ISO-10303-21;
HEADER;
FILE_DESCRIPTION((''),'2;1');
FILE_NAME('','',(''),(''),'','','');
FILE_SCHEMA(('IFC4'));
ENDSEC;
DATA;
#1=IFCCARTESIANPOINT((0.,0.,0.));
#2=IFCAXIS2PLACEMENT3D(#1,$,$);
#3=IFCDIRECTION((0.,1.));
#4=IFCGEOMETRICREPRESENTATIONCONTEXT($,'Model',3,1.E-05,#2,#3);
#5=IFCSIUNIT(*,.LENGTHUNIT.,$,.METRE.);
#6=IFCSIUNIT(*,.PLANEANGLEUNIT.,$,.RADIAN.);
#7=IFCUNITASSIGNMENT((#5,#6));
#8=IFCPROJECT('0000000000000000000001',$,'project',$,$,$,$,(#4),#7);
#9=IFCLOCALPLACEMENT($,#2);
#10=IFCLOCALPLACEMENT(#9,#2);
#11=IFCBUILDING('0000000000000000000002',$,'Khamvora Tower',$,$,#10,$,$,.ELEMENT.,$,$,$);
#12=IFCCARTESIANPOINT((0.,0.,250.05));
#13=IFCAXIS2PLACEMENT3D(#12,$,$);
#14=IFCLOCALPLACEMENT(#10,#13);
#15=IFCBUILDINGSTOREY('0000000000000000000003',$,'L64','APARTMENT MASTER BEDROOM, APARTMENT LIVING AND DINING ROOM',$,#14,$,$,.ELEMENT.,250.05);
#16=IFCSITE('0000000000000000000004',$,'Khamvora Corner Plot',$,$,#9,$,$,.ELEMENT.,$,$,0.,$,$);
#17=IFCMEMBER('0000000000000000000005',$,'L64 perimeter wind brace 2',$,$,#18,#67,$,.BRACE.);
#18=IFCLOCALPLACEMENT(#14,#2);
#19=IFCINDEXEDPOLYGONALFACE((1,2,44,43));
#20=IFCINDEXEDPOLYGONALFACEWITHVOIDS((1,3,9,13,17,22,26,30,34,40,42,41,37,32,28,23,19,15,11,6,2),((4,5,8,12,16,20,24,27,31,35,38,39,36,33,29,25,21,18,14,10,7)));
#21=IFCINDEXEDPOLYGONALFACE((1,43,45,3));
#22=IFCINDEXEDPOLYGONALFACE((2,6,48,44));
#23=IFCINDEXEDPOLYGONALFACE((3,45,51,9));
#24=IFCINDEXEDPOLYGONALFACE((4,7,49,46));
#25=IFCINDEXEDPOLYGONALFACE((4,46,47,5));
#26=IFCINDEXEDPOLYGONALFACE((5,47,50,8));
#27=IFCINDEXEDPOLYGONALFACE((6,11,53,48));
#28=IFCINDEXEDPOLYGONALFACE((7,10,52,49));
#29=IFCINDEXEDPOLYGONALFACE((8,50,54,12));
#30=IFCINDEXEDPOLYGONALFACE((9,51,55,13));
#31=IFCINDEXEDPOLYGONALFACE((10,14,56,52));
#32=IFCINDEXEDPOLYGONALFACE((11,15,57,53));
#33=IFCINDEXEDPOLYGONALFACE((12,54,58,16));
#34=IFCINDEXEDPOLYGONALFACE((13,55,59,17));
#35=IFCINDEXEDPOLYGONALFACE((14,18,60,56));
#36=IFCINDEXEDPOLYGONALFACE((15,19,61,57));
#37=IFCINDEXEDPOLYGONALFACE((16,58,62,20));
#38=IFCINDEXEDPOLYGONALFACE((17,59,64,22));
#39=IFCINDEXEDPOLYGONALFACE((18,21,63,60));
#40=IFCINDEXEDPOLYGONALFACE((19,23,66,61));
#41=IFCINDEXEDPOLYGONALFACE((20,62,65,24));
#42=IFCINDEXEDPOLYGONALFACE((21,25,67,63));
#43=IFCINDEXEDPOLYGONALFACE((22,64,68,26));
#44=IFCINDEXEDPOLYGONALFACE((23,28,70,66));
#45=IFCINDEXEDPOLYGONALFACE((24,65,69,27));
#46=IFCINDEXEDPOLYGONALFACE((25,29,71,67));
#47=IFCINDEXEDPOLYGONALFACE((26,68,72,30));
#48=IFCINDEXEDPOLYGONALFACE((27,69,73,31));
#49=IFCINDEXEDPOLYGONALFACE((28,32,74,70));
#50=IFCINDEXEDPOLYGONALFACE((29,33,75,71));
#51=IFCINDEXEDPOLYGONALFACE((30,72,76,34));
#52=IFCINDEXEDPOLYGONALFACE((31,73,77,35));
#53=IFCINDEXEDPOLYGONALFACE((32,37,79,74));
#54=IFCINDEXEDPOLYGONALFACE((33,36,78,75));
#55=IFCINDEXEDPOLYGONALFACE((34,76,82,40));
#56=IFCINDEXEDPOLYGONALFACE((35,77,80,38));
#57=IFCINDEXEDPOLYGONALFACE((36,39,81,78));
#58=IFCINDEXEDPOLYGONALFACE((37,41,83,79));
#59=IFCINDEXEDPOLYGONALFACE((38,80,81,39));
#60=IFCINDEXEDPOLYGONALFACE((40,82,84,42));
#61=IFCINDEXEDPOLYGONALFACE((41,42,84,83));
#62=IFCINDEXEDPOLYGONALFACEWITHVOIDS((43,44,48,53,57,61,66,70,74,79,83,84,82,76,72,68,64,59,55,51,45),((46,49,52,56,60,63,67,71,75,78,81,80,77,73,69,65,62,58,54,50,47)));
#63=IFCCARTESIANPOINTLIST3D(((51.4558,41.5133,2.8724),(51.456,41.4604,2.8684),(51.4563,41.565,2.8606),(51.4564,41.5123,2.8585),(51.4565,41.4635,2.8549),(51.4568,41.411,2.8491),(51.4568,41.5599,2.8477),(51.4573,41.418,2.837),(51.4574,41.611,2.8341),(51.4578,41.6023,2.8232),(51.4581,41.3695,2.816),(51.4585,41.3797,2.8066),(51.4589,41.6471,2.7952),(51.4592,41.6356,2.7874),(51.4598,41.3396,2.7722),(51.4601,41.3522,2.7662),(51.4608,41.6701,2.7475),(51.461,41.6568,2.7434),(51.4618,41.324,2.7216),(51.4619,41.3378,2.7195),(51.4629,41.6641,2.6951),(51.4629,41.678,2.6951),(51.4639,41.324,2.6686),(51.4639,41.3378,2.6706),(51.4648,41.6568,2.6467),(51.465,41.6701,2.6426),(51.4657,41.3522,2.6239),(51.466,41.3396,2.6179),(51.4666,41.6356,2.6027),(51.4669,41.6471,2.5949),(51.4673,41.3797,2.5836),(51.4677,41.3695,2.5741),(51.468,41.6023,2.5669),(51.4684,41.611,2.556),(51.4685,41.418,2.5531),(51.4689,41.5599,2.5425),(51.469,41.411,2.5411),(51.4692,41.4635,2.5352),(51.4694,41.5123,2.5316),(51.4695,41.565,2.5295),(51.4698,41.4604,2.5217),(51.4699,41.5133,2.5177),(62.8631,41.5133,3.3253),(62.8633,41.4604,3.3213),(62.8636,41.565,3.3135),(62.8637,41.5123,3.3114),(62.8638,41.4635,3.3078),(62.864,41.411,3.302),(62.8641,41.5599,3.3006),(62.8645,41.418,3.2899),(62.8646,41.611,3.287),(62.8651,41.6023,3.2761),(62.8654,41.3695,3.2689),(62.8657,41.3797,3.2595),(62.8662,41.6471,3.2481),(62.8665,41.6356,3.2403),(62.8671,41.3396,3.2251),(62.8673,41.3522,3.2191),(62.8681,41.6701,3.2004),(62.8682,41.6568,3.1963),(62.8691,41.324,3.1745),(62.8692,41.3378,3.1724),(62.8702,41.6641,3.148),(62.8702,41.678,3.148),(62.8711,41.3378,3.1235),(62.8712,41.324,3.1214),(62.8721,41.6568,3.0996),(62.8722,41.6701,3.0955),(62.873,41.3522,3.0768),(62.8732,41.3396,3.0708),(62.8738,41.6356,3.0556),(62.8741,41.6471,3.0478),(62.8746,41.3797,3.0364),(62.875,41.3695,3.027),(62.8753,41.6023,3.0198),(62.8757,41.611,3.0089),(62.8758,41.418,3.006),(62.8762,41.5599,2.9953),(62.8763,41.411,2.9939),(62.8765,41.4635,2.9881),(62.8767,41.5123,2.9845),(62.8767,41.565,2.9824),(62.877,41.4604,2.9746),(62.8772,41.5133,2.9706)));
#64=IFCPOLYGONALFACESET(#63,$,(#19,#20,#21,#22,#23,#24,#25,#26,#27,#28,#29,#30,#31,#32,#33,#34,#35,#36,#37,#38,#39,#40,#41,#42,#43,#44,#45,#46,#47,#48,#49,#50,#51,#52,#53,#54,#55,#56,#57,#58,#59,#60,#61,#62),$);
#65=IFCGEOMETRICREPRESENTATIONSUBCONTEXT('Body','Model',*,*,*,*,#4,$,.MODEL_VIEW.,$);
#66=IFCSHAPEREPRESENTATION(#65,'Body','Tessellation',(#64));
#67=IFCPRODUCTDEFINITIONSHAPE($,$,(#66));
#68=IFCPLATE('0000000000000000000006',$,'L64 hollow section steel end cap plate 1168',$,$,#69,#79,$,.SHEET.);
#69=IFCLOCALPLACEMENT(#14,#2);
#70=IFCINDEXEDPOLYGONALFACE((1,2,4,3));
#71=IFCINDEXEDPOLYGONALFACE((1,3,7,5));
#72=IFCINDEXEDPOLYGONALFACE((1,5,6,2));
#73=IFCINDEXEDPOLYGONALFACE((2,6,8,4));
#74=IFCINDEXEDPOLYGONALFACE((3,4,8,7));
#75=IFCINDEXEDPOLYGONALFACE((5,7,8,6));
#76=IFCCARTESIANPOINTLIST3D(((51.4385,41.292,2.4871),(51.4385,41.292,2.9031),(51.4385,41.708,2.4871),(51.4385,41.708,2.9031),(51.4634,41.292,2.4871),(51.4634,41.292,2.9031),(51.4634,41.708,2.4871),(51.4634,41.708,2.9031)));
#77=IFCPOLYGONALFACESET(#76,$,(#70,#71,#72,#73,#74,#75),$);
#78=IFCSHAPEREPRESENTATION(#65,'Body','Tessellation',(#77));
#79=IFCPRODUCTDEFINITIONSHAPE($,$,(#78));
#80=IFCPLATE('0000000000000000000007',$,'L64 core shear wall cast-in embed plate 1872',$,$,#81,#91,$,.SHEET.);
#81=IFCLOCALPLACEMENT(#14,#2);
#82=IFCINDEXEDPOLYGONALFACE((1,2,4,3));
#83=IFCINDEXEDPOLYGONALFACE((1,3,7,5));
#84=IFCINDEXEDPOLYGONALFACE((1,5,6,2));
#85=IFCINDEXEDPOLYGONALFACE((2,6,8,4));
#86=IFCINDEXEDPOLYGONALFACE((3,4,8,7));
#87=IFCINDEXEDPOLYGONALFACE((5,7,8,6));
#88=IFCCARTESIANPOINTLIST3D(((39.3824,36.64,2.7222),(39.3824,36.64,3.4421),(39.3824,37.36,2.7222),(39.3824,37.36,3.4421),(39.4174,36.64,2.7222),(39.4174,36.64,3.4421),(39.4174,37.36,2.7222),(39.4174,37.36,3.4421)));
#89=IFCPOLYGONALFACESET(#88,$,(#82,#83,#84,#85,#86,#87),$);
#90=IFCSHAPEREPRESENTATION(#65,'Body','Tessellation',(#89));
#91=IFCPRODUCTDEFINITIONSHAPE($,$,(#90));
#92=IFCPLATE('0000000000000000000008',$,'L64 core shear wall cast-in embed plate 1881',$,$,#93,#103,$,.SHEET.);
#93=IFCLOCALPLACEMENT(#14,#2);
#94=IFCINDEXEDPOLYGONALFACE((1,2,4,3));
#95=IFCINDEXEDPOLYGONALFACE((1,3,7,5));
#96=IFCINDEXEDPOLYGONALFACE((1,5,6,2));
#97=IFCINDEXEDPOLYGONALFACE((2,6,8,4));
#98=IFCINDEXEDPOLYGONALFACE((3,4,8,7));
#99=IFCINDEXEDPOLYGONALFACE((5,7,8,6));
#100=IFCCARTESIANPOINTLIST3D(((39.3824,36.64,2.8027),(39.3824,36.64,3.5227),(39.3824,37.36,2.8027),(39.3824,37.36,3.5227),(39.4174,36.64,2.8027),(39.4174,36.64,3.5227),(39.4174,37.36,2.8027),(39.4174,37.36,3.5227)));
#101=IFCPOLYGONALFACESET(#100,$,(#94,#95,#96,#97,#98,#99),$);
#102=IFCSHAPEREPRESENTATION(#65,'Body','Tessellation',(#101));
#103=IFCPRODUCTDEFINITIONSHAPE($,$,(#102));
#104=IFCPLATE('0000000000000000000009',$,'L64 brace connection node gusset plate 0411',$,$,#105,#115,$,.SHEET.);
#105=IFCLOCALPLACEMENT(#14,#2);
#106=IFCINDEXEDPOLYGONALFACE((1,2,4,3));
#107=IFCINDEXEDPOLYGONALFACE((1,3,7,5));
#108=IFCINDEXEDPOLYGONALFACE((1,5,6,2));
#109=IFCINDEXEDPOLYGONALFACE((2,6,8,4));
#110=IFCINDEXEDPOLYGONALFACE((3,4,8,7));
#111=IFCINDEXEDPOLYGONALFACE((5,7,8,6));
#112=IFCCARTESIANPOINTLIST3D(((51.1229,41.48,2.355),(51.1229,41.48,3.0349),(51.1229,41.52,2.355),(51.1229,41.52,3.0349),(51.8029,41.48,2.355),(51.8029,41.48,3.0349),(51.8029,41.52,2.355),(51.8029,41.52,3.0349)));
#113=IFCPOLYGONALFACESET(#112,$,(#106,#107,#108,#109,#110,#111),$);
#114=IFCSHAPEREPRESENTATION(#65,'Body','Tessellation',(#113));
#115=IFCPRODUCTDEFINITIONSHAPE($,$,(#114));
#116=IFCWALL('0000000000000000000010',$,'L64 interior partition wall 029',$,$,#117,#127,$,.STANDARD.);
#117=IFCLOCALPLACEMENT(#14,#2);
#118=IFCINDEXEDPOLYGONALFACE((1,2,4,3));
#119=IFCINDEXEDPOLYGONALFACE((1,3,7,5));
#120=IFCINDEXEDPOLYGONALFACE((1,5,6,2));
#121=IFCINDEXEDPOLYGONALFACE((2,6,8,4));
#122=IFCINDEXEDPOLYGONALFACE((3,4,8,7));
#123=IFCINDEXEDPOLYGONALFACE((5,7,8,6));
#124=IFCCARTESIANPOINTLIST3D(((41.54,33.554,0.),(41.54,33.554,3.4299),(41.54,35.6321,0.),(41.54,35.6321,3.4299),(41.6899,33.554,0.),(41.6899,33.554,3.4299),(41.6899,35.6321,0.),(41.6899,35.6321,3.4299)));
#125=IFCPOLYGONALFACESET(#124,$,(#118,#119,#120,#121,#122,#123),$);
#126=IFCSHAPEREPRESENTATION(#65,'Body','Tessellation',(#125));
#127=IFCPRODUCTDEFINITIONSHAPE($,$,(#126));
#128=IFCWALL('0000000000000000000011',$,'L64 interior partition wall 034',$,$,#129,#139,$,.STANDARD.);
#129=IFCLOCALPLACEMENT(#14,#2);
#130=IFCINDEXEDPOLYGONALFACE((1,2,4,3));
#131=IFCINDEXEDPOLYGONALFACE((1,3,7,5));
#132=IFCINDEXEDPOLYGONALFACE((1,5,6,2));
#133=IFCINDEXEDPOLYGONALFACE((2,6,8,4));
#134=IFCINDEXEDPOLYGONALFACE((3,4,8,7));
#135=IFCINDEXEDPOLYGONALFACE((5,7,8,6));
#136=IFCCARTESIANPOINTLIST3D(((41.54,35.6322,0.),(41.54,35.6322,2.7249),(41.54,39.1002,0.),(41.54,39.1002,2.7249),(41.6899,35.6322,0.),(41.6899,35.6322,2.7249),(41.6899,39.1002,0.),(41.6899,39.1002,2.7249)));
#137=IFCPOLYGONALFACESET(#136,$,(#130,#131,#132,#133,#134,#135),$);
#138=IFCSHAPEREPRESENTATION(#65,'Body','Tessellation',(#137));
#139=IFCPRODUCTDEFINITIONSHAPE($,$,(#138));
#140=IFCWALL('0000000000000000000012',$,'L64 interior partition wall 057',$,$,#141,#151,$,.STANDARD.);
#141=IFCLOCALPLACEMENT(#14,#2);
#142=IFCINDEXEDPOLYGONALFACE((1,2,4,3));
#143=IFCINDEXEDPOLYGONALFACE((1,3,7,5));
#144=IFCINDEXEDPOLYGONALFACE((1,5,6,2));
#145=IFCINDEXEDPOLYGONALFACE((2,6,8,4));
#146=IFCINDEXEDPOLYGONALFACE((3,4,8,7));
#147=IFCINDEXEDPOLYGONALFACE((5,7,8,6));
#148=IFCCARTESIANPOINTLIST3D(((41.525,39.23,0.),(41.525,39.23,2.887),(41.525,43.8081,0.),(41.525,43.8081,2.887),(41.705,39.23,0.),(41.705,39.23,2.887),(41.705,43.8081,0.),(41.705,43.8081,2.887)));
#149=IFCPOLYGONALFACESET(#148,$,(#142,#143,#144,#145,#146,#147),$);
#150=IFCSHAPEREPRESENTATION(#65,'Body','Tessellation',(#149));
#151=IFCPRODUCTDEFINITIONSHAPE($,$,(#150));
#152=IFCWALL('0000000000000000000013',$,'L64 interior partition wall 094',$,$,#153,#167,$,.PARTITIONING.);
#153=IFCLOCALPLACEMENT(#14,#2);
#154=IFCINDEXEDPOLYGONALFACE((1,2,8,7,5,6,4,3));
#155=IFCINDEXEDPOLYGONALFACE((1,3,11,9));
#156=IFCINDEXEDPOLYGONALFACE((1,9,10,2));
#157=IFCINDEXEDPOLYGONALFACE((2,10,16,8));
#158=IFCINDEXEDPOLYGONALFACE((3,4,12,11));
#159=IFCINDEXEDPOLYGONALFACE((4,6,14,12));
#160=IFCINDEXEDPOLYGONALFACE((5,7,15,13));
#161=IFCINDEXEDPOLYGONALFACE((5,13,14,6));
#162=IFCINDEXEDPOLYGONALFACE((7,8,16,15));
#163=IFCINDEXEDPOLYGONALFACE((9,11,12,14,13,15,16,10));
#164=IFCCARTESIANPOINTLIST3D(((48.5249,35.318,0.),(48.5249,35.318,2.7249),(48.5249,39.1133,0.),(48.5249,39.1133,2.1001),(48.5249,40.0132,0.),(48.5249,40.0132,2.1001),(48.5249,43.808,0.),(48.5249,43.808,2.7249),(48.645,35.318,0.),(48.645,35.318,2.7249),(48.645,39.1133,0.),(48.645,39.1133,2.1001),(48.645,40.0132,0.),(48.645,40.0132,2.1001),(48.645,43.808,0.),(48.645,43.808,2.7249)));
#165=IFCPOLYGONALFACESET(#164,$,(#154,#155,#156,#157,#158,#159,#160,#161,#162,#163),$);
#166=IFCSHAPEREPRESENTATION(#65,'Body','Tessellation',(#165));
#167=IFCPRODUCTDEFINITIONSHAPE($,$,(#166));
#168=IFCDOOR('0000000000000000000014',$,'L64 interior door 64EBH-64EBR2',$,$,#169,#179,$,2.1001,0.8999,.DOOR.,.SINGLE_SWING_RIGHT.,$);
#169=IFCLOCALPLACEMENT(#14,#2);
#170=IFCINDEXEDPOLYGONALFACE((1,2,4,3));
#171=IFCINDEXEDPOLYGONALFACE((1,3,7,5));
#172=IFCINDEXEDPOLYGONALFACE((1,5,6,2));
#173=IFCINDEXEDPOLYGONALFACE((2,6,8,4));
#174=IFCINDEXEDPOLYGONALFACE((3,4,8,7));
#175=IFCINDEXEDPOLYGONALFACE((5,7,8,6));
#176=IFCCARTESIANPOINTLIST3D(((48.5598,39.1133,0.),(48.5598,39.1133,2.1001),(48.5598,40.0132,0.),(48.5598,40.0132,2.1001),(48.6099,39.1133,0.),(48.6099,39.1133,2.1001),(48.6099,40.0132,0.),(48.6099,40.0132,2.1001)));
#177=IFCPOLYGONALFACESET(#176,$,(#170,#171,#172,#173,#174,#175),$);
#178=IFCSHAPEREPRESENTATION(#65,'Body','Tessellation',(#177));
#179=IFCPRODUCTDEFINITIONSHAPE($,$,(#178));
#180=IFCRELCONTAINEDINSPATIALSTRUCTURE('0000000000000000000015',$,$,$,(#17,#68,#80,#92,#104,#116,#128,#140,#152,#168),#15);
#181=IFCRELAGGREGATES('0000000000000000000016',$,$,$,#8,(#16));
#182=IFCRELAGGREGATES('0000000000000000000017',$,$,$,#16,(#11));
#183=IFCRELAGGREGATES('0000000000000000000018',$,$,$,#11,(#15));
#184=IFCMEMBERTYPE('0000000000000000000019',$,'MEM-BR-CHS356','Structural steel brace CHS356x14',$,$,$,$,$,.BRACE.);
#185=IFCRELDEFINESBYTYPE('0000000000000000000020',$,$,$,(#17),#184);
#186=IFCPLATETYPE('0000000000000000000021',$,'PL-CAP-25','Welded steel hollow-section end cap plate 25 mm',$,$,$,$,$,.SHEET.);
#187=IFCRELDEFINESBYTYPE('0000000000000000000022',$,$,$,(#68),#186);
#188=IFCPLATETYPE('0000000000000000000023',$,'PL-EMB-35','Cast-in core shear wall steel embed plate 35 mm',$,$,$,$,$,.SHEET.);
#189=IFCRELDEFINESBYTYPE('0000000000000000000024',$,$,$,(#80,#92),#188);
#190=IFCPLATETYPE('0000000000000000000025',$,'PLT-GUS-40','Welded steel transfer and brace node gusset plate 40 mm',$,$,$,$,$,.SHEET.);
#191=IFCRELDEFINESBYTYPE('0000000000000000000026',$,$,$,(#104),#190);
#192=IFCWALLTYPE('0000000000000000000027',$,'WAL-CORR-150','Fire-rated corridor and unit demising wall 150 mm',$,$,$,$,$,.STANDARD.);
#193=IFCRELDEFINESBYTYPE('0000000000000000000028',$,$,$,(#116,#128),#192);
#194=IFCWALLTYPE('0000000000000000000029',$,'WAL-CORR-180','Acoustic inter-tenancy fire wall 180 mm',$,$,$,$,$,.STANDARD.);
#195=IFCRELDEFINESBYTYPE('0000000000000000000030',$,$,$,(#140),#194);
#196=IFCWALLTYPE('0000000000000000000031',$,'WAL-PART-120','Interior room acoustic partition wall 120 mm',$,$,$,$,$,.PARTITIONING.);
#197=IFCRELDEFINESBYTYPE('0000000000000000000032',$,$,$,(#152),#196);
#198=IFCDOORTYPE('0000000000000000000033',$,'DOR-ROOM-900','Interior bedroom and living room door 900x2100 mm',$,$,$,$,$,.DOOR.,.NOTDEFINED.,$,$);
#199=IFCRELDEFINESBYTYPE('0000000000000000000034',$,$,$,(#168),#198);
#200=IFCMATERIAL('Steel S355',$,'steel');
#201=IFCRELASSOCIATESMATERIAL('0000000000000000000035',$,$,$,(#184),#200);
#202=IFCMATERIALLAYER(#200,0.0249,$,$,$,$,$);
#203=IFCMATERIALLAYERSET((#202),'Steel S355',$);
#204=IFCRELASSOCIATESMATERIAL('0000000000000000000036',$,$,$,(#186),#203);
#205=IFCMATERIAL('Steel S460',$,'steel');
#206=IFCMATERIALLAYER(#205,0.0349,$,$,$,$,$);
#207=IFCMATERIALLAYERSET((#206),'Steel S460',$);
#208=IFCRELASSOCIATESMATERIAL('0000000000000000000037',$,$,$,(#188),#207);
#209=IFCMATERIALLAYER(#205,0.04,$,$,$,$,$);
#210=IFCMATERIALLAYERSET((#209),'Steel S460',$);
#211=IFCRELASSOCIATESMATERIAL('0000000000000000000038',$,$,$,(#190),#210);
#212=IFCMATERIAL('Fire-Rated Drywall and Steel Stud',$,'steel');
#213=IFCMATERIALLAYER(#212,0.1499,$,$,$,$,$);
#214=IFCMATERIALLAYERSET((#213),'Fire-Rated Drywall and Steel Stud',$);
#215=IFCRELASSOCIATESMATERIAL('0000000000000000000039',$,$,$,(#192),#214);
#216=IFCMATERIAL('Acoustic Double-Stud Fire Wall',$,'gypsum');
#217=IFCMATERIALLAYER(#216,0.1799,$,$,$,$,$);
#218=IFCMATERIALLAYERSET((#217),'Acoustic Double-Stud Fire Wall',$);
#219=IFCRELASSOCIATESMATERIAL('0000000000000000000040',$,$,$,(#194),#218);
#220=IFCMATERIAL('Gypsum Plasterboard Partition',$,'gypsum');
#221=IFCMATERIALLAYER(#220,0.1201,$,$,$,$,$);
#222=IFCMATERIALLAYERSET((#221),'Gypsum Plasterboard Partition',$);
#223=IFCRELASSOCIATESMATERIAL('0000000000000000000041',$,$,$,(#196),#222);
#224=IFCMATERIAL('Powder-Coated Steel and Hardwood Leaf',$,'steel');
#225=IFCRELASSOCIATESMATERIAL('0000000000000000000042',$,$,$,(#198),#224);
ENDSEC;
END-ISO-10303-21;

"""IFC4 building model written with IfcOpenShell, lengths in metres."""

from ifc_helpers import new_model, si_unit, direction, frame, frame_2d, origin, origin_2d, place, context, subcontext, project, spatial, rectangle, hollow_circle, extrude, material, layer, layer_set, material_profile, profile_set, type_object, element, fill, save


model = new_model("IFC4")

# Units and contexts
model_context = context("Model", 3, precision=1e-05, world=origin(), true_north=direction((0.0, 1.0)))
body_context = subcontext(model_context, "Body", "Model", "MODEL_VIEW")
ifc_project = project(units=[si_unit("LENGTHUNIT", "METRE"), si_unit("PLANEANGLEUNIT", "RADIAN")], contexts=[model_context])

# Site, building, storey
site_placement = place(None, origin())
site = spatial("IfcSite", under=ifc_project, at=site_placement, Name="Khamvora Corner Plot", CompositionType="ELEMENT", RefElevation=0.0)
building_placement = place(site_placement, origin())
building = spatial("IfcBuilding", under=site, at=building_placement, Name="Khamvora Tower", CompositionType="ELEMENT")
storey_placement = place(building_placement, frame((0.0, 0.0, 250.05)))
storey = spatial("IfcBuildingStorey", under=building, at=storey_placement, Name="L64", Description="APARTMENT MASTER BEDROOM, APARTMENT LIVING AND DINING ROOM", CompositionType="ELEMENT", Elevation=250.05)

# Shared definitions
ifc_material_1 = material(Name="Steel S355", Category="steel")

# Member
ifc_material_profile_1 = material_profile(ifc_material_1, hollow_circle(Radius=0.178, WallThickness=0.0139, at=origin_2d()), Name="CHS356x14")
ifc_profile_set_1 = profile_set([ifc_material_profile_1], Name="Steel S355")
member_type = type_object("IfcMemberType", Name="MEM-BR-CHS356", Description="Structural steel brace CHS356x14", PredefinedType="BRACE", material=ifc_profile_set_1)
member_placement = place(storey_placement, frame((51.4629, 41.5, 2.6951), z_axis=(0.999213, 0.0, 0.03967), x_axis=(0.0, 1.0, 0.0)))
element("IfcMember", 1, at=member_placement, inside=storey, type_object=member_type, Name="L64 perimeter wind brace 2", PredefinedType="BRACE", context=body_context, shape_type="SweptSolid", body=[
    extrude(hollow_circle(Radius=0.178, WallThickness=0.0139, at=origin_2d()), origin(), (0.0, 0.0, 1.0), 11.4163),
])

# Plates
ifc_layer_1 = layer(ifc_material_1, 0.0249)
ifc_layer_set_1 = layer_set([ifc_layer_1], Name="Steel S355")
plate_type_1 = type_object("IfcPlateType", Name="PL-CAP-25", Description="Welded steel hollow-section end cap plate 25 mm", PredefinedType="SHEET", material=ifc_layer_set_1)
plate_1_placement = place(storey_placement, frame((51.4509, 41.5, 2.4871), z_axis=(0.0, 0.0, 1.0), x_axis=(1.0, 0.0, 0.0)))
element("IfcPlate", 2, at=plate_1_placement, inside=storey, type_object=plate_type_1, Name="L64 hollow section steel end cap plate 1168", PredefinedType="SHEET", context=body_context, shape_type="SweptSolid", body=[
    extrude(rectangle(XDim=0.0249, YDim=0.416, at=origin_2d()), origin(), (0.0, 0.0, 1.0), 0.416),
])
ifc_material_2 = material(Name="Steel S460", Category="steel")
ifc_layer_2 = layer(ifc_material_2, 0.0349)
ifc_layer_set_2 = layer_set([ifc_layer_2], Name="Steel S460")
plate_type_2 = type_object("IfcPlateType", Name="PL-EMB-35", Description="Cast-in core shear wall steel embed plate 35 mm", PredefinedType="SHEET", material=ifc_layer_set_2)
for number, where, z_axis, x_axis, name in (
    (3, (39.3999, 37.0, 2.7222), (0.0, 0.0, 1.0), (1.0, 0.0, 0.0), "L64 core shear wall cast-in embed plate 1872"),
    (4, (39.3999, 37.0, 2.8027), (0.0, 0.0, 1.0), (1.0, 0.0, 0.0), "L64 core shear wall cast-in embed plate 1881"),
):
    element("IfcPlate", number, at=place(storey_placement, frame(where, z_axis=z_axis, x_axis=x_axis)), inside=storey, type_object=plate_type_2, Name=name, PredefinedType="SHEET", context=body_context, shape_type="SweptSolid", body=[
        extrude(rectangle(XDim=0.0349, YDim=0.72, at=origin_2d()), origin(), (0.0, 0.0, 1.0), 0.72),
    ])
ifc_layer_3 = layer(ifc_material_2, 0.04)
ifc_layer_set_3 = layer_set([ifc_layer_3], Name="Steel S460")
plate_type_3 = type_object("IfcPlateType", Name="PLT-GUS-40", Description="Welded steel transfer and brace node gusset plate 40 mm", PredefinedType="SHEET", material=ifc_layer_set_3)
plate_2_placement = place(storey_placement, frame((51.4629, 41.5, 2.355), z_axis=(0.0, 0.0, 1.0), x_axis=(1.0, 0.0, 0.0)))
element("IfcPlate", 5, at=plate_2_placement, inside=storey, type_object=plate_type_3, Name="L64 brace connection node gusset plate 0411", PredefinedType="SHEET", context=body_context, shape_type="SweptSolid", body=[
    extrude(rectangle(XDim=0.6799, YDim=0.04, at=origin_2d()), origin(), (0.0, 0.0, 1.0), 0.6799),
])

# Walls
ifc_material_3 = material(Name="Fire-Rated Drywall and Steel Stud", Category="steel")
ifc_layer_4 = layer(ifc_material_3, 0.1499)
ifc_layer_set_4 = layer_set([ifc_layer_4], Name="Fire-Rated Drywall and Steel Stud")
wall_type_1 = type_object("IfcWallType", Name="WAL-CORR-150", Description="Fire-rated corridor and unit demising wall 150 mm", PredefinedType="STANDARD", material=ifc_layer_set_4)
wall_1_placement = place(storey_placement, frame((41.615, 35.6321, 0.0), z_axis=(0.0, 0.0, 1.0), x_axis=(0.0, -1.0, 0.0)))
element("IfcWall", 6, at=wall_1_placement, inside=storey, type_object=wall_type_1, Name="L64 interior partition wall 029", PredefinedType="STANDARD", context=body_context, shape_type="SweptSolid", body=[
    extrude(rectangle(XDim=2.0781, YDim=0.1499, at=frame_2d((1.0391, 0.0))), origin(), (0.0, 0.0, 1.0), 3.4299),
])
wall_2_placement = place(storey_placement, frame((41.615, 39.1001, 0.0), z_axis=(0.0, 0.0, 1.0), x_axis=(0.0, -1.0, 0.0)))
element("IfcWall", 7, at=wall_2_placement, inside=storey, type_object=wall_type_1, Name="L64 interior partition wall 034", PredefinedType="STANDARD", context=body_context, shape_type="SweptSolid", body=[
    extrude(rectangle(XDim=3.468, YDim=0.1499, at=frame_2d((1.7339, 0.0))), origin(), (0.0, 0.0, 1.0), 2.7249),
])
ifc_material_4 = material(Name="Acoustic Double-Stud Fire Wall", Category="gypsum")
ifc_layer_5 = layer(ifc_material_4, 0.1799)
ifc_layer_set_5 = layer_set([ifc_layer_5], Name="Acoustic Double-Stud Fire Wall")
wall_type_2 = type_object("IfcWallType", Name="WAL-CORR-180", Description="Acoustic inter-tenancy fire wall 180 mm", PredefinedType="STANDARD", material=ifc_layer_set_5)
wall_3_placement = place(storey_placement, frame((41.615, 43.8081, 0.0), z_axis=(0.0, 0.0, 1.0), x_axis=(0.0, -1.0, 0.0)))
element("IfcWall", 8, at=wall_3_placement, inside=storey, type_object=wall_type_2, Name="L64 interior partition wall 057", PredefinedType="STANDARD", context=body_context, shape_type="SweptSolid", body=[
    extrude(rectangle(XDim=4.5781, YDim=0.1799, at=frame_2d((2.2891, 0.0))), origin(), (0.0, 0.0, 1.0), 2.887),
])

# Wall, opening, door
ifc_material_5 = material(Name="Gypsum Plasterboard Partition", Category="gypsum")
ifc_layer_6 = layer(ifc_material_5, 0.1201)
ifc_layer_set_6 = layer_set([ifc_layer_6], Name="Gypsum Plasterboard Partition")
wall_type_3 = type_object("IfcWallType", Name="WAL-PART-120", Description="Interior room acoustic partition wall 120 mm", PredefinedType="PARTITIONING", material=ifc_layer_set_6)
wall_4_placement = place(storey_placement, frame((48.585, 43.8081, 0.0), z_axis=(0.0, 0.0, 1.0), x_axis=(0.0, -1.0, 0.0)))
wall_4 = element("IfcWall", 9, at=wall_4_placement, inside=storey, type_object=wall_type_3, Name="L64 interior partition wall 094", PredefinedType="PARTITIONING", context=body_context, shape_type="SweptSolid", body=[
    extrude(rectangle(XDim=8.49, YDim=0.1201, at=frame_2d((4.2451, 0.0))), origin(), (0.0, 0.0, 1.0), 2.7249),
])
opening_placement = place(wall_4_placement, frame((3.7949, 0.0, 0.0)))
opening = element("IfcOpeningElement", 10, at=opening_placement, cuts=wall_4, PredefinedType="OPENING", context=body_context, shape_type="SweptSolid", body=[
    extrude(rectangle(XDim=0.8999, YDim=2.1001, at=frame_2d((0.45, 1.05))), frame((0.0, 0.0701, 0.0), z_axis=(0.0, -1.0, 0.0), x_axis=(1.0, 0.0, 0.0)), (0.0, 0.0, 1.0), 0.1401),
])
ifc_material_6 = material(Name="Powder-Coated Steel and Hardwood Leaf", Category="steel")
door_type = type_object("IfcDoorType", Name="DOR-ROOM-900", Description="Interior bedroom and living room door 900x2100 mm", OperationType="NOTDEFINED", PredefinedType="DOOR", material=ifc_material_6)
door_placement = place(opening_placement, origin())
door = element("IfcDoor", 11, at=door_placement, inside=storey, type_object=door_type, Name="L64 interior door 64EBH-64EBR2", OperationType="SINGLE_SWING_RIGHT", OverallHeight=2.1001, OverallWidth=0.8999, PredefinedType="DOOR", context=body_context, shape_type="SweptSolid", body=[
    extrude(rectangle(XDim=0.8999, YDim=2.1001, at=frame_2d((0.45, 1.05))), frame((0.0, 0.0249, 0.0), z_axis=(0.0, -1.0, 0.0), x_axis=(1.0, 0.0, 0.0)), (0.0, 0.0, 1.0), 0.05),
])
fill(opening, door)

save(model, "model.ifc")
